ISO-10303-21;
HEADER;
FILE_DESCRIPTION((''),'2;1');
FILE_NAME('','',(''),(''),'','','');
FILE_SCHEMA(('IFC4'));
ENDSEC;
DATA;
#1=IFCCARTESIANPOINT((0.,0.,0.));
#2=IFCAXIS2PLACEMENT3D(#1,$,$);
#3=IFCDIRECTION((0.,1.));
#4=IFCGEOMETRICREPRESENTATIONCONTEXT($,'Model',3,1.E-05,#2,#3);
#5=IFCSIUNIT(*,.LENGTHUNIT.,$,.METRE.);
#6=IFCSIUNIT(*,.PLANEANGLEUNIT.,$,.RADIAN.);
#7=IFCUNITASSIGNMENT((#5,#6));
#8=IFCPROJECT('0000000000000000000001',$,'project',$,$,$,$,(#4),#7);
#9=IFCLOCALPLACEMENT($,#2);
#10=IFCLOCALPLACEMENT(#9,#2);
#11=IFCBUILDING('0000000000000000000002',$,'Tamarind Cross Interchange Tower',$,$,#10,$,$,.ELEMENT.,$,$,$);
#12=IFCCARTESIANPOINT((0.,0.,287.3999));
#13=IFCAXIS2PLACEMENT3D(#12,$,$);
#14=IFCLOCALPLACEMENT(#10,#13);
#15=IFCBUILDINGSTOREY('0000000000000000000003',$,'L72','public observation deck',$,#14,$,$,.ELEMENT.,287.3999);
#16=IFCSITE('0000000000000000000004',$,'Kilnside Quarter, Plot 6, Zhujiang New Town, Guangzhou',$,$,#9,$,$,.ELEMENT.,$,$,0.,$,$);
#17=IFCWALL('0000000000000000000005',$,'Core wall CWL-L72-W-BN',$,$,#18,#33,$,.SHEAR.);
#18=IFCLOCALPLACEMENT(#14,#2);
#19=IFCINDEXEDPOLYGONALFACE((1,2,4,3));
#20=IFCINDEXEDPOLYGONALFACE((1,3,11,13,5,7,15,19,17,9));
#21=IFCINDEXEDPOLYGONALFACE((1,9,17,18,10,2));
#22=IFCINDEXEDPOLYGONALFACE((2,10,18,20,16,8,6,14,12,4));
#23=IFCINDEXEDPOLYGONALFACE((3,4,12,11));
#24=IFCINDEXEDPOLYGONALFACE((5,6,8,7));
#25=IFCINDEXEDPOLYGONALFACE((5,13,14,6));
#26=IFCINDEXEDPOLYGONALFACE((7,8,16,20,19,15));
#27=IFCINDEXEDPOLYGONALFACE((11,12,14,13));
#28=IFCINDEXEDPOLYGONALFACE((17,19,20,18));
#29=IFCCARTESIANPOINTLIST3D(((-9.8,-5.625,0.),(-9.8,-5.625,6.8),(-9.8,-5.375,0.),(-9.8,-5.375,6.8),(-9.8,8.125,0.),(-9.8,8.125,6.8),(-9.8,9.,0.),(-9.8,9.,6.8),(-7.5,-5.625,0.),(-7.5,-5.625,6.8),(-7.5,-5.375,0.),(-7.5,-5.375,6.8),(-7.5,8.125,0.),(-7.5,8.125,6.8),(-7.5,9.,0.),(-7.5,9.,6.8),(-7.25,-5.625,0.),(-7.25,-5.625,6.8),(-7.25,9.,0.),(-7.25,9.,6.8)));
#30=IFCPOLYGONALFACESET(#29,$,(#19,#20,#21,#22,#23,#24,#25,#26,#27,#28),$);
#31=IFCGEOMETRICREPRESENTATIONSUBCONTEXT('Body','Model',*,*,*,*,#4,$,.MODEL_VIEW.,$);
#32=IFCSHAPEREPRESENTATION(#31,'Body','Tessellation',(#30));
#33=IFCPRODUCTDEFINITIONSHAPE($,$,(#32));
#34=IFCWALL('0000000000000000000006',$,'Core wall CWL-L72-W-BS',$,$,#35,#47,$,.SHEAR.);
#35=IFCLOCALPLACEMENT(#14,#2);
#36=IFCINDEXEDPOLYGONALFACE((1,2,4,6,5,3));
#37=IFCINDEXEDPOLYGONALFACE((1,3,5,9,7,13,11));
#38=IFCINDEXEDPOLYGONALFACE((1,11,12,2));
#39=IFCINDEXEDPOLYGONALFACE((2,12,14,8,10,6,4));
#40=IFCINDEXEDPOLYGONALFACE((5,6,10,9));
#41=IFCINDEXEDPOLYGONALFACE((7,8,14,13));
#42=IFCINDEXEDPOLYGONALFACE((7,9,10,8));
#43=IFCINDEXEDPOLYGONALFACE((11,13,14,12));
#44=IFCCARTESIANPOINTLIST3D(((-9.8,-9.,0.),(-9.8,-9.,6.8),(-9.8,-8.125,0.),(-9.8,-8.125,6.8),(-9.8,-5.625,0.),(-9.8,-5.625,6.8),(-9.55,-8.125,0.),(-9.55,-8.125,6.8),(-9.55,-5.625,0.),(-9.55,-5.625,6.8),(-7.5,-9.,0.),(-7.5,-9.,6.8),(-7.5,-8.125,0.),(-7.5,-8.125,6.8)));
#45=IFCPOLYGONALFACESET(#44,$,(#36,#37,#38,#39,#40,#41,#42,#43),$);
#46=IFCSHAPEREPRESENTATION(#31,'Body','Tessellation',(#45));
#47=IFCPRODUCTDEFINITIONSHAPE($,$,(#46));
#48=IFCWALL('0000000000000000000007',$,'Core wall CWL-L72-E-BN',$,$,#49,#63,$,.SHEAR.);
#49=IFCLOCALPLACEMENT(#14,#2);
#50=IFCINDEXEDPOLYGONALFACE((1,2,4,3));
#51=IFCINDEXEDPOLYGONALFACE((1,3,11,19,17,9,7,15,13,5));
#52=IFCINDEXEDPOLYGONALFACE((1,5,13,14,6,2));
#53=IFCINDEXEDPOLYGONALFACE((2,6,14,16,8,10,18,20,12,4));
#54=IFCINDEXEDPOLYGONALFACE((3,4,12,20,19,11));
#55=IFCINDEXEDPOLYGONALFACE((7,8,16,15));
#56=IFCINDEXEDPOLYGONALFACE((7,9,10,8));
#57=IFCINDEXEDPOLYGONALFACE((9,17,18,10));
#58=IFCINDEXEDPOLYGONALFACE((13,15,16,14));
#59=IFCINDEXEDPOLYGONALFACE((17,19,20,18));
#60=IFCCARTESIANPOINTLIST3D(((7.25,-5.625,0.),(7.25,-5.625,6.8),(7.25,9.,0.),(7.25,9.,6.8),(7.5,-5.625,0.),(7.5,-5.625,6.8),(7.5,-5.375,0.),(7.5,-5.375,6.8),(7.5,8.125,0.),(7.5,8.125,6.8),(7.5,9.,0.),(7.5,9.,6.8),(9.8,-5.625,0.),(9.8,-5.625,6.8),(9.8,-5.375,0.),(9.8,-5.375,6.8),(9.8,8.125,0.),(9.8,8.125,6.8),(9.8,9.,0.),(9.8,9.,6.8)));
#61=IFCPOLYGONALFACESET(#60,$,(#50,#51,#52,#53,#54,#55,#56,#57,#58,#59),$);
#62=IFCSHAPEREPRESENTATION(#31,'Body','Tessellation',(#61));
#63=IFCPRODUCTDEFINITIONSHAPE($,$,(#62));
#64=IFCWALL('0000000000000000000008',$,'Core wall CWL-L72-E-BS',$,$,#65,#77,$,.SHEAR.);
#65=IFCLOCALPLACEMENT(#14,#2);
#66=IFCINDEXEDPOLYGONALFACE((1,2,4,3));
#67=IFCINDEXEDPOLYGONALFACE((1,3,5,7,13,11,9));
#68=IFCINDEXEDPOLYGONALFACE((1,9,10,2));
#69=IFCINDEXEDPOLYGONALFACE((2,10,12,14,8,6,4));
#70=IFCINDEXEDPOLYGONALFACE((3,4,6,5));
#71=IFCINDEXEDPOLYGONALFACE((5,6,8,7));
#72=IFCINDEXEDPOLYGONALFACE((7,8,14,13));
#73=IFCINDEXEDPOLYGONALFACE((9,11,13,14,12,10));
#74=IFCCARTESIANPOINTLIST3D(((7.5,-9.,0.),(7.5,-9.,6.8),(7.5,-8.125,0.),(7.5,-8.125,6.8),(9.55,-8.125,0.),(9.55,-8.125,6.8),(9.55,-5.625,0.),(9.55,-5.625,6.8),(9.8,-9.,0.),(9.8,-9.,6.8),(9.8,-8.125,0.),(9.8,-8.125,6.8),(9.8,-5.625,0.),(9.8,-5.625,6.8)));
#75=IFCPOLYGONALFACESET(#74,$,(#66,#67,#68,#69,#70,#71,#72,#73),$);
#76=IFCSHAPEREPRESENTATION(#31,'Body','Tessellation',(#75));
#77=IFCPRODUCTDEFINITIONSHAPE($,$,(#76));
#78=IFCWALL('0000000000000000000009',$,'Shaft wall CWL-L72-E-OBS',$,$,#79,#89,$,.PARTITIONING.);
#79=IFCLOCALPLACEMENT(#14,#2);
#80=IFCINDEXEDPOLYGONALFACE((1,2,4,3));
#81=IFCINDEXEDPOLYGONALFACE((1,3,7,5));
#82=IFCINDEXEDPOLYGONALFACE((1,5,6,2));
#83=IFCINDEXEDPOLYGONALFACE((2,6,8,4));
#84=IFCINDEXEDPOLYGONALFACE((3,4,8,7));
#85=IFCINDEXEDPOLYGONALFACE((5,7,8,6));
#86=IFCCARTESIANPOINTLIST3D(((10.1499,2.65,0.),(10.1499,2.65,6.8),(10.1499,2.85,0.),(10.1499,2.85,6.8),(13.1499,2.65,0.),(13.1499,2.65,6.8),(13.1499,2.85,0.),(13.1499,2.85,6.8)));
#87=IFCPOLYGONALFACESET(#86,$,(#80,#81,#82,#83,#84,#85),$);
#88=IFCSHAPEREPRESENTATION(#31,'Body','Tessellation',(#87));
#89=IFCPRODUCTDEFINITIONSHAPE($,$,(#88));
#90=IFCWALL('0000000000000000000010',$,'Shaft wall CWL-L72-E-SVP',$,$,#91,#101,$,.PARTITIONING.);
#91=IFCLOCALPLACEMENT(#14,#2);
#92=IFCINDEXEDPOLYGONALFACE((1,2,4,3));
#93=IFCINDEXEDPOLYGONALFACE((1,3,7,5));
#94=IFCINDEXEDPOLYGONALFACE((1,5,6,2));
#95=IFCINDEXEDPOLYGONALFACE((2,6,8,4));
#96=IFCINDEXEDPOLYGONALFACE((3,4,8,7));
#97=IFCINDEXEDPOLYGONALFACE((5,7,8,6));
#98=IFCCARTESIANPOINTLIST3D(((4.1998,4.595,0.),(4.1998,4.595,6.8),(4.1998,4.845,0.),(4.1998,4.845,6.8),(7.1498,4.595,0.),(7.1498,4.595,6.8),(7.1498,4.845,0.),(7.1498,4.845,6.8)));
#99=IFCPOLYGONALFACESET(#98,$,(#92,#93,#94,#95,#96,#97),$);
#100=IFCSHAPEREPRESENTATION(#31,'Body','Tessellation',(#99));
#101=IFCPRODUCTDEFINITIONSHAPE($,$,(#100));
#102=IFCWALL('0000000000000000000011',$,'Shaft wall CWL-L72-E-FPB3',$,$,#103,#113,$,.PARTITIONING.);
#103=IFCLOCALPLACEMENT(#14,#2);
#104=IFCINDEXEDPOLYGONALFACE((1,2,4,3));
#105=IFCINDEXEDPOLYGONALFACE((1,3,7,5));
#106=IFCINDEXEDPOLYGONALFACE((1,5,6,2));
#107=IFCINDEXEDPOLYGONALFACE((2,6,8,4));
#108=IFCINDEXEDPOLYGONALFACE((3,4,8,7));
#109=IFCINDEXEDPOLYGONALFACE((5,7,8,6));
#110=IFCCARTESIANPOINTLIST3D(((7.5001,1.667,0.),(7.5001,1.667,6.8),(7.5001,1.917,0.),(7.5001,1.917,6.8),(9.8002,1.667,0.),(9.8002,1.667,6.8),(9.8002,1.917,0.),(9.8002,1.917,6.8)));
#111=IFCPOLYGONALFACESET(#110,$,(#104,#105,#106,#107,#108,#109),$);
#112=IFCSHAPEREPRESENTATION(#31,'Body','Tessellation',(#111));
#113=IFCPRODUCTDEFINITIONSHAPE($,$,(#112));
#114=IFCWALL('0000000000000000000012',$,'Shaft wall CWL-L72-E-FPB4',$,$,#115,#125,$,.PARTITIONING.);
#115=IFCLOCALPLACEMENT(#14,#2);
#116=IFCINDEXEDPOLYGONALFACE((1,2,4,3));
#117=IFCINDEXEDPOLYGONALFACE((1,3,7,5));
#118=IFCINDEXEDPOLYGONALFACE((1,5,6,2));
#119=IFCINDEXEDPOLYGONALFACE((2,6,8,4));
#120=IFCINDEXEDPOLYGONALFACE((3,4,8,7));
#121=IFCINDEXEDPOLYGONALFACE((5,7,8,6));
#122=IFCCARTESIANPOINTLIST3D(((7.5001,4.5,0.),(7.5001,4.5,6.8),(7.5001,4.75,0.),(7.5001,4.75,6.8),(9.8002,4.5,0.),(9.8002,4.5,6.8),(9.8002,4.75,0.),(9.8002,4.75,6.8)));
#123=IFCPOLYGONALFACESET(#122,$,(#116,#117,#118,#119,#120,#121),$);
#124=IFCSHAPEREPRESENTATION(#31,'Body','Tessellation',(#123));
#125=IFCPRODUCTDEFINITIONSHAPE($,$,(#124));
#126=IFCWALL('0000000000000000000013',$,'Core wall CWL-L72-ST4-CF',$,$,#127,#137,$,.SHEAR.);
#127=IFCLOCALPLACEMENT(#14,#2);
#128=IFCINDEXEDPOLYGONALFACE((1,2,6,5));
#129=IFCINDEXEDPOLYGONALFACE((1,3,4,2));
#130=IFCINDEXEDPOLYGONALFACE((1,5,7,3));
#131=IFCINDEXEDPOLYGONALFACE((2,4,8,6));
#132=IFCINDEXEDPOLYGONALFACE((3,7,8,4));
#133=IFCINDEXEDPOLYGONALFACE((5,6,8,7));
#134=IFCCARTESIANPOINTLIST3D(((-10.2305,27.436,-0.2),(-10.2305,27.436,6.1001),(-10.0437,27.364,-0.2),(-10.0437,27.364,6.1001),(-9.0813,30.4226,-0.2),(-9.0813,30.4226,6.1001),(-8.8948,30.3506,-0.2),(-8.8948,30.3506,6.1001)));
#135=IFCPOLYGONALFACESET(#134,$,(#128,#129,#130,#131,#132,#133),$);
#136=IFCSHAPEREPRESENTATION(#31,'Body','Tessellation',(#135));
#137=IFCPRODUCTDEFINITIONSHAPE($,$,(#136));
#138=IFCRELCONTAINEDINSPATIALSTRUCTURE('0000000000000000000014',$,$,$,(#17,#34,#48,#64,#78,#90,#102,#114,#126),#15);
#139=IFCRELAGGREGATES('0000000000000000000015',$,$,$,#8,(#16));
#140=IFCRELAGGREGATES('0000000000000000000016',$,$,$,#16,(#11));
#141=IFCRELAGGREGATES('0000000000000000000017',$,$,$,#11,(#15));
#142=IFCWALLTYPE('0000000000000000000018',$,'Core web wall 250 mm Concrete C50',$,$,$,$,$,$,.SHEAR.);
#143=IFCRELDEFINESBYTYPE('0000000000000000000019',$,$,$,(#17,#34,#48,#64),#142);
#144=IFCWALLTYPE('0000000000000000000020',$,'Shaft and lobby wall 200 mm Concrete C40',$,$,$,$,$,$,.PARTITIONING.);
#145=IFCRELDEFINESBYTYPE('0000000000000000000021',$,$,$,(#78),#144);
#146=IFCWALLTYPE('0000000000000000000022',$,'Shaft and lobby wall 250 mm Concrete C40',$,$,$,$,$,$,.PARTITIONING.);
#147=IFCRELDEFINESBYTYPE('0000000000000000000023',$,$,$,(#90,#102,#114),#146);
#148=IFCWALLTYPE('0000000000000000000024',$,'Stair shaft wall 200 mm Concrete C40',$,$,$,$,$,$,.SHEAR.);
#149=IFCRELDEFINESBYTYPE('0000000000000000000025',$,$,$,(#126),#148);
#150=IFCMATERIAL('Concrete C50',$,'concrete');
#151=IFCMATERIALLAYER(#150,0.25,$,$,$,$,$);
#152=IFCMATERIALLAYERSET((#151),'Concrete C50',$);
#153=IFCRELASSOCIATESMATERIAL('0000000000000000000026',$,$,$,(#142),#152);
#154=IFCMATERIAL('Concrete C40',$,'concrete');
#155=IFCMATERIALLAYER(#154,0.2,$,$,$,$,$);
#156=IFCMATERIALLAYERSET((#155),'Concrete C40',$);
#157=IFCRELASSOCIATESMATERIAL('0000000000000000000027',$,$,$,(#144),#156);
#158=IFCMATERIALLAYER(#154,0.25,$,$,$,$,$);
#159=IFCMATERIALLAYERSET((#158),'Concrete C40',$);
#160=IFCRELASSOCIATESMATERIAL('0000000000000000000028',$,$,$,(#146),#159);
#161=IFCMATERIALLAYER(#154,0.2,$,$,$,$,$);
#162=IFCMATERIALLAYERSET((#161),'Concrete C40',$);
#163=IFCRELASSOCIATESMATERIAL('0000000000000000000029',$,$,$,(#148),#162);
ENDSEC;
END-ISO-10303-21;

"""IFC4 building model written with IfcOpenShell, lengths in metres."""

from ifc_helpers import new_model, si_unit, direction, frame, frame_2d, origin, place, context, subcontext, project, spatial, polyline, rectangle, outline, extrude, material, layer, layer_set, type_object, element, save


model = new_model("IFC4")

# Units and contexts
model_context = context("Model", 3, precision=1e-05, world=origin(), true_north=direction((0.0, 1.0)))
body_context = subcontext(model_context, "Body", "Model", "MODEL_VIEW")
ifc_project = project(units=[si_unit("LENGTHUNIT", "METRE"), si_unit("PLANEANGLEUNIT", "RADIAN")], contexts=[model_context])

# Site, building, storey
site_placement = place(None, origin())
site = spatial("IfcSite", under=ifc_project, at=site_placement, Name="Kilnside Quarter, Plot 6, Zhujiang New Town, Guangzhou", CompositionType="ELEMENT", RefElevation=0.0)
building_placement = place(site_placement, origin())
building = spatial("IfcBuilding", under=site, at=building_placement, Name="Tamarind Cross Interchange Tower", CompositionType="ELEMENT")
storey_placement = place(building_placement, frame((0.0, 0.0, 287.3999)))
storey = spatial("IfcBuildingStorey", under=building, at=storey_placement, Name="L72", Description="public observation deck", CompositionType="ELEMENT", Elevation=287.3999)

# Shared definitions
ifc_material_1 = material(Name="Concrete C40", Category="concrete")

# Walls
ifc_material_2 = material(Name="Concrete C50", Category="concrete")
ifc_layer_1 = layer(ifc_material_2, 0.25)
ifc_layer_set_1 = layer_set([ifc_layer_1], Name="Concrete C50")
wall_type_1 = type_object("IfcWallType", Name="Core web wall 250 mm Concrete C50", PredefinedType="SHEAR", material=ifc_layer_set_1)
wall_1_placement = place(storey_placement, origin())
element("IfcWall", 1, at=wall_1_placement, inside=storey, type_object=wall_type_1, Name="Core wall CWL-L72-W-BN", PredefinedType="SHEAR", context=body_context, shape_type="SweptSolid", body=[
    extrude(outline(polyline([(-9.8, -5.625), (-7.5, -5.625), (-7.25, -5.625), (-7.25, 9.0), (-7.5, 9.0), (-9.8, 9.0), (-9.8, 8.125), (-7.5, 8.125), (-7.5, -5.375), (-9.8, -5.375), (-9.8, -5.625)])), origin(), (0.0, 0.0, 1.0), 6.8),
])
wall_2_placement = place(storey_placement, origin())
element("IfcWall", 2, at=wall_2_placement, inside=storey, type_object=wall_type_1, Name="Core wall CWL-L72-W-BS", PredefinedType="SHEAR", context=body_context, shape_type="SweptSolid", body=[
    extrude(outline(polyline([(-7.5, -8.125), (-9.55, -8.125), (-9.55, -5.625), (-9.8, -5.625), (-9.8, -8.125), (-9.8, -9.0), (-7.5, -9.0), (-7.5, -8.125)])), origin(), (0.0, 0.0, 1.0), 6.8),
])
wall_3_placement = place(storey_placement, origin())
element("IfcWall", 3, at=wall_3_placement, inside=storey, type_object=wall_type_1, Name="Core wall CWL-L72-E-BN", PredefinedType="SHEAR", context=body_context, shape_type="SweptSolid", body=[
    extrude(outline(polyline([(9.8, -5.625), (9.8, -5.375), (7.5, -5.375), (7.5, 8.125), (9.8, 8.125), (9.8, 9.0), (7.5, 9.0), (7.25, 9.0), (7.25, -5.625), (7.5, -5.625), (9.8, -5.625)])), origin(), (0.0, 0.0, 1.0), 6.8),
])
wall_4_placement = place(storey_placement, origin())
element("IfcWall", 4, at=wall_4_placement, inside=storey, type_object=wall_type_1, Name="Core wall CWL-L72-E-BS", PredefinedType="SHEAR", context=body_context, shape_type="SweptSolid", body=[
    extrude(outline(polyline([(7.5, -8.125), (7.5, -9.0), (9.8, -9.0), (9.8, -8.125), (9.8, -5.625), (9.55, -5.625), (9.55, -8.125), (7.5, -8.125)])), origin(), (0.0, 0.0, 1.0), 6.8),
])
ifc_layer_2 = layer(ifc_material_1, 0.2)
ifc_layer_set_2 = layer_set([ifc_layer_2], Name="Concrete C40")
wall_type_2 = type_object("IfcWallType", Name="Shaft and lobby wall 200 mm Concrete C40", PredefinedType="PARTITIONING", material=ifc_layer_set_2)
wall_5_placement = place(storey_placement, frame((13.1499, 2.75, 0.0), z_axis=(0.0, 0.0, 1.0), x_axis=(-1.0, 0.0, 0.0)))
element("IfcWall", 5, at=wall_5_placement, inside=storey, type_object=wall_type_2, Name="Shaft wall CWL-L72-E-OBS", PredefinedType="PARTITIONING", context=body_context, shape_type="SweptSolid", body=[
    extrude(rectangle(XDim=3.0, YDim=0.2, at=frame_2d((1.5, 0.0))), origin(), (0.0, 0.0, 1.0), 6.8),
])
ifc_layer_3 = layer(ifc_material_1, 0.25)
ifc_layer_set_3 = layer_set([ifc_layer_3], Name="Concrete C40")
wall_type_3 = type_object("IfcWallType", Name="Shaft and lobby wall 250 mm Concrete C40", PredefinedType="PARTITIONING", material=ifc_layer_set_3)
wall_6_placement = place(storey_placement, frame((7.1499, 4.72, 0.0), z_axis=(0.0, 0.0, 1.0), x_axis=(-1.0, 0.0, 0.0)))
element("IfcWall", 6, at=wall_6_placement, inside=storey, type_object=wall_type_3, Name="Shaft wall CWL-L72-E-SVP", PredefinedType="PARTITIONING", context=body_context, shape_type="SweptSolid", body=[
    extrude(rectangle(XDim=2.95, YDim=0.25, at=frame_2d((1.4751, 0.0))), origin(), (0.0, 0.0, 1.0), 6.8),
])
for number, where, z_axis, x_axis, name in (
    (7, (9.8, 1.792, 0.0), (0.0, 0.0, 1.0), (-1.0, 0.0, 0.0), "Shaft wall CWL-L72-E-FPB3"),
    (8, (9.8, 4.625, 0.0), (0.0, 0.0, 1.0), (-1.0, 0.0, 0.0), "Shaft wall CWL-L72-E-FPB4"),
):
    element("IfcWall", number, at=place(storey_placement, frame(where, z_axis=z_axis, x_axis=x_axis)), inside=storey, type_object=wall_type_3, Name=name, PredefinedType="PARTITIONING", context=body_context, shape_type="SweptSolid", body=[
        extrude(rectangle(XDim=2.3, YDim=0.25, at=frame_2d((1.1499, 0.0))), origin(), (0.0, 0.0, 1.0), 6.8),
    ])
ifc_layer_4 = layer(ifc_material_1, 0.2)
ifc_layer_set_4 = layer_set([ifc_layer_4], Name="Concrete C40")
wall_type_4 = type_object("IfcWallType", Name="Stair shaft wall 200 mm Concrete C40", PredefinedType="SHEAR", material=ifc_layer_set_4)
wall_7_placement = place(storey_placement, frame((0.0, 0.0, -0.2)))
element("IfcWall", 9, at=wall_7_placement, inside=storey, type_object=wall_type_4, Name="Core wall CWL-L72-ST4-CF", PredefinedType="SHEAR", context=body_context, shape_type="SweptSolid", body=[
    extrude(outline(polyline([(-8.8948, 30.3506), (-9.0813, 30.4226), (-10.2305, 27.436), (-10.0437, 27.364), (-8.8948, 30.3506)])), origin(), (0.0, 0.0, 1.0), 6.3),
])

save(model, "model.ifc")
